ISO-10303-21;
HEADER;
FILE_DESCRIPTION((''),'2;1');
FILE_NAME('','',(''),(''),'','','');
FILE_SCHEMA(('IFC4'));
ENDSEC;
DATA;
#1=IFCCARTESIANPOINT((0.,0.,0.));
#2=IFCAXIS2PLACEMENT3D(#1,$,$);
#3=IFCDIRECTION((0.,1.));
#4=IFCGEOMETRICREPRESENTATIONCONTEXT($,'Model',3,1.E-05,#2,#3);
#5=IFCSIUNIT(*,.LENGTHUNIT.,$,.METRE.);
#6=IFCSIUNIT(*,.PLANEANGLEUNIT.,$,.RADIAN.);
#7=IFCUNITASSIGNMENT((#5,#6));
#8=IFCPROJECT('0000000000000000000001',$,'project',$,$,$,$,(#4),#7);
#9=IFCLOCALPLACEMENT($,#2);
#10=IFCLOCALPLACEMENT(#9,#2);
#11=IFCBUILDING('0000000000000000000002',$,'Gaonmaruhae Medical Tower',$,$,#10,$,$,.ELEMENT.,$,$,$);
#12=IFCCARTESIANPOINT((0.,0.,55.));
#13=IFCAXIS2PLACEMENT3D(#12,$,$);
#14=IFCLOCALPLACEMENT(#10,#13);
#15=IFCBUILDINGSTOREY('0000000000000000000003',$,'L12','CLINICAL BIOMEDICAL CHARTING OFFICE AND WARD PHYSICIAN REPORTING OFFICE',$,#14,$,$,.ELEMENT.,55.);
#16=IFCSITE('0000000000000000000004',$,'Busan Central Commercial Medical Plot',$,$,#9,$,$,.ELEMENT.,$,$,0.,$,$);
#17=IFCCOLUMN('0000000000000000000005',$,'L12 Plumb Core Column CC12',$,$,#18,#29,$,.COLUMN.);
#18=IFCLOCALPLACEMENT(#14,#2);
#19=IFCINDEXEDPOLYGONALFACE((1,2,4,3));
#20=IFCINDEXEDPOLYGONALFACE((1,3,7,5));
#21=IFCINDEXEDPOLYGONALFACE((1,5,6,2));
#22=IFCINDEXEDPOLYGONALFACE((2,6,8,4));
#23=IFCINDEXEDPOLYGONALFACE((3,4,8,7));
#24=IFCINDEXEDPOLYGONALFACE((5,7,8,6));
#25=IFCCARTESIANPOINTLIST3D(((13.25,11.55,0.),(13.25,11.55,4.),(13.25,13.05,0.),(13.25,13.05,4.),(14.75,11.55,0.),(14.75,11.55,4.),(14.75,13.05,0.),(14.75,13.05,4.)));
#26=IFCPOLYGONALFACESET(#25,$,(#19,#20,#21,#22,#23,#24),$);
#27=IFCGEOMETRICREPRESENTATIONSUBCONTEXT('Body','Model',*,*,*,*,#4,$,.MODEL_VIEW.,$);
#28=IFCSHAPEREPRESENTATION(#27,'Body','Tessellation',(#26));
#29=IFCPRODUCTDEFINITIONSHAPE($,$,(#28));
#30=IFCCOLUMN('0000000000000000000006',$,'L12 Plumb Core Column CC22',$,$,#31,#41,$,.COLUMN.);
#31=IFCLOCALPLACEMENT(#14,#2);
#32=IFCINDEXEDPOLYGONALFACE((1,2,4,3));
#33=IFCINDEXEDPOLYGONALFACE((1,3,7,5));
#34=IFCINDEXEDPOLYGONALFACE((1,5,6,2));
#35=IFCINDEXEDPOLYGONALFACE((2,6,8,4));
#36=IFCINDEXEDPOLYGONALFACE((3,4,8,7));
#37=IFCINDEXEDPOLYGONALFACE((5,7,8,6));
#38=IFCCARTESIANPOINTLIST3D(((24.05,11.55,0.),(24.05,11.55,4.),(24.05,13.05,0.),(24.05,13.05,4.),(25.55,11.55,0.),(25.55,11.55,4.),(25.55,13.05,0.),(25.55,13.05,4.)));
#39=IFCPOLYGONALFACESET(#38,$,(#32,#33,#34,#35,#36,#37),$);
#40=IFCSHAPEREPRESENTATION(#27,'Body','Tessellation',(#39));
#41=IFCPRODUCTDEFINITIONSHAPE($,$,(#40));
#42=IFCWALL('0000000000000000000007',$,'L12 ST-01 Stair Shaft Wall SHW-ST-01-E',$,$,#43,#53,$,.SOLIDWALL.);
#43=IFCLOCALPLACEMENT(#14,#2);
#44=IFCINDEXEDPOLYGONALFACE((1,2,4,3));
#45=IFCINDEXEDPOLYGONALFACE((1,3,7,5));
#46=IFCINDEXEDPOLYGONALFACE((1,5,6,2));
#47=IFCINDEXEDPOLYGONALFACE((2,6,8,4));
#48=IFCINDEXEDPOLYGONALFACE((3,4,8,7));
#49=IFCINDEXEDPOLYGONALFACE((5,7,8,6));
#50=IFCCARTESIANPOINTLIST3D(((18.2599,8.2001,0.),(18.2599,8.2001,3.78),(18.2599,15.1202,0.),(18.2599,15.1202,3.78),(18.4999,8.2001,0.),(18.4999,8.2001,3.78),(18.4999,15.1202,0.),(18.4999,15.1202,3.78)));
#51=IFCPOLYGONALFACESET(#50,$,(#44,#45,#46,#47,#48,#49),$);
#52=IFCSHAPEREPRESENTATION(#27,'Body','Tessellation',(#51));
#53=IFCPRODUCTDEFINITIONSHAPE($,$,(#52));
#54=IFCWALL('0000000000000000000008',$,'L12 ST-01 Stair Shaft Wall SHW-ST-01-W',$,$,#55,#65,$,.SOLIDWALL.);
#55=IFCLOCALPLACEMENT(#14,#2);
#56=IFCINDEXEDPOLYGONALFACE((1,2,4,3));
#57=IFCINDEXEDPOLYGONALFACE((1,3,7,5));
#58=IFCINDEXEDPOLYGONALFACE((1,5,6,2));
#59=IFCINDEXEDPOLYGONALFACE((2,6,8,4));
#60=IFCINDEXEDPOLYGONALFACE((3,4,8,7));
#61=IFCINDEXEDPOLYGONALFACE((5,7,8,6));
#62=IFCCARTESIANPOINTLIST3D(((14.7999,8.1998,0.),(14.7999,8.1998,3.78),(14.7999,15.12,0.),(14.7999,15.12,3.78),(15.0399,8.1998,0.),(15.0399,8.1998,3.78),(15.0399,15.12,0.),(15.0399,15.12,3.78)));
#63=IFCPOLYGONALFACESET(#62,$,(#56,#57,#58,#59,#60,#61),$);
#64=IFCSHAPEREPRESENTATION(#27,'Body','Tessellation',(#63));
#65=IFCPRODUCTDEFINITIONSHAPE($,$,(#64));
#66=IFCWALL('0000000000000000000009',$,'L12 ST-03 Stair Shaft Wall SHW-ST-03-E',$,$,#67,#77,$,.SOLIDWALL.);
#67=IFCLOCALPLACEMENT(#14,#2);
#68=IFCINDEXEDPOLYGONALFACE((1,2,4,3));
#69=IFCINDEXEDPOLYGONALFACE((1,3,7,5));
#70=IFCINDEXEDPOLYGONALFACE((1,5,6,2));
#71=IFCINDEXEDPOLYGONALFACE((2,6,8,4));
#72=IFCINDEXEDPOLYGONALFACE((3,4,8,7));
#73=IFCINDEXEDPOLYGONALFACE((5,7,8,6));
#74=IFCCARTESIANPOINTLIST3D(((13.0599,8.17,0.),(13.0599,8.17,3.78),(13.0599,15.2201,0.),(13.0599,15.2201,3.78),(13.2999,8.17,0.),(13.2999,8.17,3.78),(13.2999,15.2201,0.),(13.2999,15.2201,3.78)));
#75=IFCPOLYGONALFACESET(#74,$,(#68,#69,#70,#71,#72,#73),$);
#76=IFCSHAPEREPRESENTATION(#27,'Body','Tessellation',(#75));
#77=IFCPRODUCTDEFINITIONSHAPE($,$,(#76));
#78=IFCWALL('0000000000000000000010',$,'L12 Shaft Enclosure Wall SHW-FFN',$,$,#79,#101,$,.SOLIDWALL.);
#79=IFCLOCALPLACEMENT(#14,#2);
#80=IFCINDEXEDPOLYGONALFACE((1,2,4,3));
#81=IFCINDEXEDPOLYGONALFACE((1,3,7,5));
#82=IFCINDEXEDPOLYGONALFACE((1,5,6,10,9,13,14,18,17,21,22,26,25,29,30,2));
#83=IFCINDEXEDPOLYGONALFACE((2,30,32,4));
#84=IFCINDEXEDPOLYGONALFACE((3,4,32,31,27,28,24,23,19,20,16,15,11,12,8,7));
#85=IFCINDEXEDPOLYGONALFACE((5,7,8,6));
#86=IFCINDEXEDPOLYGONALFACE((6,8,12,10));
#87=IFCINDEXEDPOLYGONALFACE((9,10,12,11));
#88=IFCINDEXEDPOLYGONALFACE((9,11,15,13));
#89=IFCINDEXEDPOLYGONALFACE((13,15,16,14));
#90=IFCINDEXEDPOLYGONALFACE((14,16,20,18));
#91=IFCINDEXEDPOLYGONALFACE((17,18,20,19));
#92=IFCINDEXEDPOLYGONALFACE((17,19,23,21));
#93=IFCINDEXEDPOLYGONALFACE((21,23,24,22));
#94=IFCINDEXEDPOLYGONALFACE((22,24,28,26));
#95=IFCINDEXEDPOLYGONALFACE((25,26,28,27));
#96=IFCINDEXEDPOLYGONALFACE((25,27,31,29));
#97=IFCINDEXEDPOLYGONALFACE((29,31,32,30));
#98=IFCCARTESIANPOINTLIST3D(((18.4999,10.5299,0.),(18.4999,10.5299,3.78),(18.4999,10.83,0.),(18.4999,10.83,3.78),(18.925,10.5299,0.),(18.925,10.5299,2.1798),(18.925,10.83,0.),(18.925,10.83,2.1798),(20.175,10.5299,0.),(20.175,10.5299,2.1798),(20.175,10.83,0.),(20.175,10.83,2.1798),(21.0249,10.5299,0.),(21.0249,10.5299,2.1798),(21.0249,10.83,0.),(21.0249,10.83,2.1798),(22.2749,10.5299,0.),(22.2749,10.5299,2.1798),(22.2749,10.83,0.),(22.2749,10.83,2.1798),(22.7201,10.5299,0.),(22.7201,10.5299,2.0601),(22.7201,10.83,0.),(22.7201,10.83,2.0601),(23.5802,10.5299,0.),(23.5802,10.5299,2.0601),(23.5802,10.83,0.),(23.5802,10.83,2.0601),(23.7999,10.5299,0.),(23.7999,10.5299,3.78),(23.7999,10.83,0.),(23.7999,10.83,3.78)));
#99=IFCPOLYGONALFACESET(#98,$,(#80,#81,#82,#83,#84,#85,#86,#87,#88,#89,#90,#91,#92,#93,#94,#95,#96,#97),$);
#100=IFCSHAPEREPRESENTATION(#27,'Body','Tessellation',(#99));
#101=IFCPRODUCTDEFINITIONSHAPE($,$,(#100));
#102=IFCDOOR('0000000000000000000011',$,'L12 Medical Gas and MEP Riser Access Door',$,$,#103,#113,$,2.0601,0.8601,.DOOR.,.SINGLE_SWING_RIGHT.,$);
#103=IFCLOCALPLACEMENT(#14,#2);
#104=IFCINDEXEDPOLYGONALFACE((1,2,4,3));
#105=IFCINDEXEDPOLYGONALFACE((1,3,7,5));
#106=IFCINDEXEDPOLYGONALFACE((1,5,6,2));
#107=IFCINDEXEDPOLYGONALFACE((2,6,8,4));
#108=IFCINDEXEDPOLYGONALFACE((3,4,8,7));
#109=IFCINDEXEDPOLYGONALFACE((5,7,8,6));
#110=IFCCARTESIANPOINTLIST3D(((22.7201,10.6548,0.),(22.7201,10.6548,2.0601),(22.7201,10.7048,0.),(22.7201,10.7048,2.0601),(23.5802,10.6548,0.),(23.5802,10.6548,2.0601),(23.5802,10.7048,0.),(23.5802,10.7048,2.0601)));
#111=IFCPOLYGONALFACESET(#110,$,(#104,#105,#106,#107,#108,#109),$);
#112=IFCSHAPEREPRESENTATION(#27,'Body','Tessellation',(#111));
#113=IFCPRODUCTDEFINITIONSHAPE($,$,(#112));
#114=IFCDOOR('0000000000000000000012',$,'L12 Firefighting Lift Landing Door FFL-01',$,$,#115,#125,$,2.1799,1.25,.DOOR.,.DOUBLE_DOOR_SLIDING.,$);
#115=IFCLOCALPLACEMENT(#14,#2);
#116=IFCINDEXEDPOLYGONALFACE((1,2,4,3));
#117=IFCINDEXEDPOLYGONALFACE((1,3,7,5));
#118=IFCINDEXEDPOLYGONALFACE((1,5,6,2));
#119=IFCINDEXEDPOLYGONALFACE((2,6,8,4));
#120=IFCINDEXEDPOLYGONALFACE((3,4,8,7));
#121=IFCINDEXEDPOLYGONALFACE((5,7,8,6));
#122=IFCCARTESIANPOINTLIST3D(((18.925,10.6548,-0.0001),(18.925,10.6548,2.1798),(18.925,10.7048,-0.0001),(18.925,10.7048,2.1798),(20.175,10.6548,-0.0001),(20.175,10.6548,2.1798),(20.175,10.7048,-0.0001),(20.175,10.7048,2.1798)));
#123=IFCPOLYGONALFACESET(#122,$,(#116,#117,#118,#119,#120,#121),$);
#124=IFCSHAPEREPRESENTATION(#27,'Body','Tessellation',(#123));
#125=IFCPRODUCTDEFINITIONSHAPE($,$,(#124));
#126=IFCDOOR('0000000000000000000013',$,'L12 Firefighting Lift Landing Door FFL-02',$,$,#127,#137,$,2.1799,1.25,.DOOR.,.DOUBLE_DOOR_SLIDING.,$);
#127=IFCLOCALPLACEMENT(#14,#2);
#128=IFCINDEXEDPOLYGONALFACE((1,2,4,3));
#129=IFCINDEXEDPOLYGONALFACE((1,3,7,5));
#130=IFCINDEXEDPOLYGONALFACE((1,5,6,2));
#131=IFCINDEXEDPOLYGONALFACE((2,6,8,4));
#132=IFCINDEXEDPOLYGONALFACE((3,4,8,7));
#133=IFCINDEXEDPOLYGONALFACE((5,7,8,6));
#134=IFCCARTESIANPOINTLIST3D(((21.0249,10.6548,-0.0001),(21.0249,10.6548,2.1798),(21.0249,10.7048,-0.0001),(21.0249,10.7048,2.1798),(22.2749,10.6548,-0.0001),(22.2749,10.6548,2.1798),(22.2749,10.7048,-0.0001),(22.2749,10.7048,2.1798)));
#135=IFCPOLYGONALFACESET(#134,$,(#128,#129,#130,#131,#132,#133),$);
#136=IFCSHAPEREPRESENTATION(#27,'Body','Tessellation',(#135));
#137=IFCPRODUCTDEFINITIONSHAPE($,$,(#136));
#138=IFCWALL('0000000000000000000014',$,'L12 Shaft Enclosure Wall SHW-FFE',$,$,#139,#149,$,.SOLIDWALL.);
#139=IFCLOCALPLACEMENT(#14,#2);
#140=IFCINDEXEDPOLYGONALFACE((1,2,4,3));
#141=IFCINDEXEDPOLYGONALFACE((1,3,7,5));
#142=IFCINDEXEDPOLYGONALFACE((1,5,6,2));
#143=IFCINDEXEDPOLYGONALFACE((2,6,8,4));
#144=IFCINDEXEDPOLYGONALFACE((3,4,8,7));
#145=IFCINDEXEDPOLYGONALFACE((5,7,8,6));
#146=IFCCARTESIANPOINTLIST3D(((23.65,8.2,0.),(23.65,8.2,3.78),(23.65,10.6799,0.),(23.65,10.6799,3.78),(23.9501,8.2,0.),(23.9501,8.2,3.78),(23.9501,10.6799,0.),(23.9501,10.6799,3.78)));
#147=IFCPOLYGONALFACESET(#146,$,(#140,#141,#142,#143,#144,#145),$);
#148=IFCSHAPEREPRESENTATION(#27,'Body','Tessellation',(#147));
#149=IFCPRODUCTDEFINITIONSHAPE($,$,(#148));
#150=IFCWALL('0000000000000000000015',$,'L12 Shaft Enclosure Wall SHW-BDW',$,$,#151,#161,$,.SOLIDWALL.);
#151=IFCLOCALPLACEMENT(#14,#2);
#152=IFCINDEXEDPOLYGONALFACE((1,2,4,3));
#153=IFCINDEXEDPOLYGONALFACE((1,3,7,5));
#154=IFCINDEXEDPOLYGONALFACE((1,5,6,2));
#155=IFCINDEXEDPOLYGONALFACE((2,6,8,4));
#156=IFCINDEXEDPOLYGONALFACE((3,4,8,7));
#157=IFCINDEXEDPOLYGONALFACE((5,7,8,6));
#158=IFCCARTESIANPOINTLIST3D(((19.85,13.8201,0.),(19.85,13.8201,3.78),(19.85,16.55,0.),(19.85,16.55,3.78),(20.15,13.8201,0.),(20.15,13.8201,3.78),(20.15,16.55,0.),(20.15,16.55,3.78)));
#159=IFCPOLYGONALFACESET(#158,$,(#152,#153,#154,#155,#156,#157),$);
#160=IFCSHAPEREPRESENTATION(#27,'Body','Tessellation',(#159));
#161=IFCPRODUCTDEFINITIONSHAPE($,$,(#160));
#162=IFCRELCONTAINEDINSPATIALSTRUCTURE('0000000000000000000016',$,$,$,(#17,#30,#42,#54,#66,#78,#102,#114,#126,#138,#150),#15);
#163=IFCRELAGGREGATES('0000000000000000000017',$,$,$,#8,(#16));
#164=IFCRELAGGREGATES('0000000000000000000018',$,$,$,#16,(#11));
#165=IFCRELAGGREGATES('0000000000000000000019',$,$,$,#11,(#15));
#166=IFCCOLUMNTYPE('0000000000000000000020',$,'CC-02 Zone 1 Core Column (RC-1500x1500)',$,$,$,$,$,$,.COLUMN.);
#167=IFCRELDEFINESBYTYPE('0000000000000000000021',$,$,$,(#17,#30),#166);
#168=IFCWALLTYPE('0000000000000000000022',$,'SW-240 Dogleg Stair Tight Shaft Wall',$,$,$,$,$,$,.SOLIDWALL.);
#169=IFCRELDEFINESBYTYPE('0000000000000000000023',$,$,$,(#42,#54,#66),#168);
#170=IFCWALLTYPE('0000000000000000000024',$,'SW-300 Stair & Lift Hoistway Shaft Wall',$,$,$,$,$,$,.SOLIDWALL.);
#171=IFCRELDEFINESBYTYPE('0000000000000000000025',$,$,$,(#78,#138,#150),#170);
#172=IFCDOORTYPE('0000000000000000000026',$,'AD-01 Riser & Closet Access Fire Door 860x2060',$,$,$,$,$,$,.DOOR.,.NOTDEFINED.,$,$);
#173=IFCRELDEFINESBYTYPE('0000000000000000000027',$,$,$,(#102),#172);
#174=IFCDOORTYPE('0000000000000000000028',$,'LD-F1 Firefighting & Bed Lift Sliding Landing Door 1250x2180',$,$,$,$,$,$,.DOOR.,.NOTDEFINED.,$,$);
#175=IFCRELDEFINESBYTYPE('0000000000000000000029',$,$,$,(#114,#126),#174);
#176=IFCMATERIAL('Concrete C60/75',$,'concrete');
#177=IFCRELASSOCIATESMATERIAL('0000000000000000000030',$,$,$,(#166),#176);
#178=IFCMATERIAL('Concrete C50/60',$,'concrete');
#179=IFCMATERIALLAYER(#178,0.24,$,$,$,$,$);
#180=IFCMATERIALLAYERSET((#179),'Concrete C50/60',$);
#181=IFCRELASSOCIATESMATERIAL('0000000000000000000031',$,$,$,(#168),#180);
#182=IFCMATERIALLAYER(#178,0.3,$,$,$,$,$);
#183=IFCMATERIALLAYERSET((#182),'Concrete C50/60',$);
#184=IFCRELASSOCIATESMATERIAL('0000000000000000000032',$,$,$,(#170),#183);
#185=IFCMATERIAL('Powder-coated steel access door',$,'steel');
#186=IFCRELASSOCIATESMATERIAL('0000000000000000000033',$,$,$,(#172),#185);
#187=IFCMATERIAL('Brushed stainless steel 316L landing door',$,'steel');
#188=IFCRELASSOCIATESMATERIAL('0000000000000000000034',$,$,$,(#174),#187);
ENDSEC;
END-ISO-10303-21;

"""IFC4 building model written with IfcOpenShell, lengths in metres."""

from ifc_helpers import new_model, si_unit, direction, frame, frame_2d, origin, origin_2d, place, context, subcontext, project, spatial, rectangle, extrude, material, layer, layer_set, material_profile, profile_set, type_object, element, fill, save


model = new_model("IFC4")

# Units and contexts
model_context = context("Model", 3, precision=1e-05, world=origin(), true_north=direction((0.0, 1.0)))
body_context = subcontext(model_context, "Body", "Model", "MODEL_VIEW")
ifc_project = project(units=[si_unit("LENGTHUNIT", "METRE"), si_unit("PLANEANGLEUNIT", "RADIAN")], contexts=[model_context])

# Site, building, storey
site_placement = place(None, origin())
site = spatial("IfcSite", under=ifc_project, at=site_placement, Name="Busan Central Commercial Medical Plot", CompositionType="ELEMENT", RefElevation=0.0)
building_placement = place(site_placement, origin())
building = spatial("IfcBuilding", under=site, at=building_placement, Name="Gaonmaruhae Medical Tower", CompositionType="ELEMENT")
storey_placement = place(building_placement, frame((0.0, 0.0, 55.0)))
storey = spatial("IfcBuildingStorey", under=building, at=storey_placement, Name="L12", Description="CLINICAL BIOMEDICAL CHARTING OFFICE AND WARD PHYSICIAN REPORTING OFFICE", CompositionType="ELEMENT", Elevation=55.0)

# Columns
ifc_material_1 = material(Name="Concrete C60/75", Category="concrete")
ifc_material_profile = material_profile(ifc_material_1, rectangle(XDim=1.5, YDim=1.5, at=origin_2d()), Name="RC-1500x1500")
ifc_profile_set = profile_set([ifc_material_profile], Name="Concrete C60/75")
column_type = type_object("IfcColumnType", Name="CC-02 Zone 1 Core Column (RC-1500x1500)", PredefinedType="COLUMN", material=ifc_profile_set)
for number, where, z_axis, x_axis, name in (
    (1, (14.0, 12.3, 0.0), (0.0, 0.0, 1.0), (1.0, 0.0, 0.0), "L12 Plumb Core Column CC12"),
    (2, (24.8, 12.3, 0.0), (0.0, 0.0, 1.0), (1.0, 0.0, 0.0), "L12 Plumb Core Column CC22"),
):
    element("IfcColumn", number, at=place(storey_placement, frame(where, z_axis=z_axis, x_axis=x_axis)), inside=storey, type_object=column_type, Name=name, PredefinedType="COLUMN", context=body_context, shape_type="SweptSolid", body=[
        extrude(rectangle(XDim=1.5, YDim=1.5, at=origin_2d()), origin(), (0.0, 0.0, 1.0), 4.0),
    ])

# Shared definitions
ifc_material_2 = material(Name="Concrete C50/60", Category="concrete")
ifc_layer_1 = layer(ifc_material_2, 0.24)
ifc_layer_set_1 = layer_set([ifc_layer_1], Name="Concrete C50/60")
wall_type_1 = type_object("IfcWallType", Name="SW-240 Dogleg Stair Tight Shaft Wall", PredefinedType="SOLIDWALL", material=ifc_layer_set_1)

# Walls
for number, where, z_axis, x_axis, name in (
    (3, (18.3799, 15.1201, 0.0), (0.0, 0.0, 1.0), (0.0, -1.0, 0.0), "L12 ST-01 Stair Shaft Wall SHW-ST-01-E"),
    (4, (14.9199, 8.2, 0.0), (0.0, 0.0, 1.0), (0.0, 1.0, 0.0), "L12 ST-01 Stair Shaft Wall SHW-ST-01-W"),
):
    element("IfcWall", number, at=place(storey_placement, frame(where, z_axis=z_axis, x_axis=x_axis)), inside=storey, type_object=wall_type_1, Name=name, PredefinedType="SOLIDWALL", context=body_context, shape_type="SweptSolid", body=[
        extrude(rectangle(XDim=6.9202, YDim=0.24, at=frame_2d((3.46, 0.0))), origin(), (0.0, 0.0, 1.0), 3.78),
    ])
wall_1_placement = place(storey_placement, frame((13.1799, 15.22, 0.0), z_axis=(0.0, 0.0, 1.0), x_axis=(0.0, -1.0, 0.0)))
element("IfcWall", 5, at=wall_1_placement, inside=storey, type_object=wall_type_1, Name="L12 ST-03 Stair Shaft Wall SHW-ST-03-E", PredefinedType="SOLIDWALL", context=body_context, shape_type="SweptSolid", body=[
    extrude(rectangle(XDim=7.05, YDim=0.24, at=frame_2d((3.5249, 0.0))), origin(), (0.0, 0.0, 1.0), 3.78),
])

# Wall, openings, doors
ifc_layer_2 = layer(ifc_material_2, 0.3)
ifc_layer_set_2 = layer_set([ifc_layer_2], Name="Concrete C50/60")
wall_type_2 = type_object("IfcWallType", Name="SW-300 Stair & Lift Hoistway Shaft Wall", PredefinedType="SOLIDWALL", material=ifc_layer_set_2)
wall_2_placement = place(storey_placement, frame((18.5, 10.6799, 0.0), z_axis=(0.0, 0.0, 1.0), x_axis=(1.0, 0.0, 0.0)))
wall_2 = element("IfcWall", 6, at=wall_2_placement, inside=storey, type_object=wall_type_2, Name="L12 Shaft Enclosure Wall SHW-FFN", PredefinedType="SOLIDWALL", context=body_context, shape_type="SweptSolid", body=[
    extrude(rectangle(XDim=5.3, YDim=0.3, at=frame_2d((2.6499, 0.0))), origin(), (0.0, 0.0, 1.0), 3.78),
])
opening_1_placement = place(wall_2_placement, frame((4.22, 0.0, 0.0)))
opening_1 = element("IfcOpeningElement", 7, at=opening_1_placement, cuts=wall_2, PredefinedType="OPENING", context=body_context, shape_type="SweptSolid", body=[
    extrude(rectangle(XDim=0.8601, YDim=2.0601, at=frame_2d((0.4302, 1.03))), frame((0.0, 0.1602, 0.0), z_axis=(0.0, -1.0, 0.0), x_axis=(1.0, 0.0, 0.0)), (0.0, 0.0, 1.0), 0.3201),
])
opening_2_placement = place(wall_2_placement, frame((0.425, 0.0, 0.0)))
opening_2 = element("IfcOpeningElement", 8, at=opening_2_placement, cuts=wall_2, PredefinedType="OPENING", context=body_context, shape_type="SweptSolid", body=[
    extrude(rectangle(XDim=1.25, YDim=2.1799, at=frame_2d((0.625, 1.0898))), frame((0.0, 0.1602, 0.0), z_axis=(0.0, -1.0, 0.0), x_axis=(1.0, 0.0, 0.0)), (0.0, 0.0, 1.0), 0.3201),
])
opening_3_placement = place(wall_2_placement, frame((2.5249, 0.0, 0.0)))
opening_3 = element("IfcOpeningElement", 9, at=opening_3_placement, cuts=wall_2, PredefinedType="OPENING", context=body_context, shape_type="SweptSolid", body=[
    extrude(rectangle(XDim=1.25, YDim=2.1799, at=frame_2d((0.625, 1.0898))), frame((0.0, 0.1602, 0.0), z_axis=(0.0, -1.0, 0.0), x_axis=(1.0, 0.0, 0.0)), (0.0, 0.0, 1.0), 0.3201),
])
ifc_material_3 = material(Name="Powder-coated steel access door", Category="steel")
door_type_1 = type_object("IfcDoorType", Name="AD-01 Riser & Closet Access Fire Door 860x2060", OperationType="NOTDEFINED", PredefinedType="DOOR", material=ifc_material_3)
door_1_placement = place(opening_1_placement, origin())
door_1 = element("IfcDoor", 10, at=door_1_placement, inside=storey, type_object=door_type_1, Name="L12 Medical Gas and MEP Riser Access Door", OperationType="SINGLE_SWING_RIGHT", OverallHeight=2.0601, OverallWidth=0.8601, PredefinedType="DOOR", context=body_context, shape_type="SweptSolid", body=[
    extrude(rectangle(XDim=0.8601, YDim=2.0601, at=frame_2d((0.4302, 1.03))), frame((0.0, 0.0249, 0.0), z_axis=(0.0, -1.0, 0.0), x_axis=(1.0, 0.0, 0.0)), (0.0, 0.0, 1.0), 0.05),
])
fill(opening_1, door_1)
ifc_material_4 = material(Name="Brushed stainless steel 316L landing door", Category="steel")
door_type_2 = type_object("IfcDoorType", Name="LD-F1 Firefighting & Bed Lift Sliding Landing Door 1250x2180", OperationType="NOTDEFINED", PredefinedType="DOOR", material=ifc_material_4)
door_2_placement = place(opening_2_placement, origin())
door_2 = element("IfcDoor", 11, at=door_2_placement, inside=storey, type_object=door_type_2, Name="L12 Firefighting Lift Landing Door FFL-01", OperationType="DOUBLE_DOOR_SLIDING", OverallHeight=2.1799, OverallWidth=1.25, PredefinedType="DOOR", context=body_context, shape_type="SweptSolid", body=[
    extrude(rectangle(XDim=1.25, YDim=2.1799, at=frame_2d((0.625, 1.0898))), frame((0.0, 0.0249, 0.0), z_axis=(0.0, -1.0, 0.0), x_axis=(1.0, 0.0, 0.0)), (0.0, 0.0, 1.0), 0.05),
])
fill(opening_2, door_2)
door_3_placement = place(opening_3_placement, origin())
door_3 = element("IfcDoor", 12, at=door_3_placement, inside=storey, type_object=door_type_2, Name="L12 Firefighting Lift Landing Door FFL-02", OperationType="DOUBLE_DOOR_SLIDING", OverallHeight=2.1799, OverallWidth=1.25, PredefinedType="DOOR", context=body_context, shape_type="SweptSolid", body=[
    extrude(rectangle(XDim=1.25, YDim=2.1799, at=frame_2d((0.625, 1.0898))), frame((0.0, 0.0249, 0.0), z_axis=(0.0, -1.0, 0.0), x_axis=(1.0, 0.0, 0.0)), (0.0, 0.0, 1.0), 0.05),
])
fill(opening_3, door_3)

# Walls
wall_3_placement = place(storey_placement, frame((23.8, 8.2, 0.0), z_axis=(0.0, 0.0, 1.0), x_axis=(0.0, 1.0, 0.0)))
element("IfcWall", 13, at=wall_3_placement, inside=storey, type_object=wall_type_2, Name="L12 Shaft Enclosure Wall SHW-FFE", PredefinedType="SOLIDWALL", context=body_context, shape_type="SweptSolid", body=[
    extrude(rectangle(XDim=2.48, YDim=0.3, at=frame_2d((1.24, 0.0))), origin(), (0.0, 0.0, 1.0), 3.78),
])
wall_4_placement = place(storey_placement, frame((20.0, 13.8201, 0.0), z_axis=(0.0, 0.0, 1.0), x_axis=(0.0, 1.0, 0.0)))
element("IfcWall", 14, at=wall_4_placement, inside=storey, type_object=wall_type_2, Name="L12 Shaft Enclosure Wall SHW-BDW", PredefinedType="SOLIDWALL", context=body_context, shape_type="SweptSolid", body=[
    extrude(rectangle(XDim=2.73, YDim=0.3, at=frame_2d((1.365, 0.0))), origin(), (0.0, 0.0, 1.0), 3.78),
])

save(model, "model.ifc")
